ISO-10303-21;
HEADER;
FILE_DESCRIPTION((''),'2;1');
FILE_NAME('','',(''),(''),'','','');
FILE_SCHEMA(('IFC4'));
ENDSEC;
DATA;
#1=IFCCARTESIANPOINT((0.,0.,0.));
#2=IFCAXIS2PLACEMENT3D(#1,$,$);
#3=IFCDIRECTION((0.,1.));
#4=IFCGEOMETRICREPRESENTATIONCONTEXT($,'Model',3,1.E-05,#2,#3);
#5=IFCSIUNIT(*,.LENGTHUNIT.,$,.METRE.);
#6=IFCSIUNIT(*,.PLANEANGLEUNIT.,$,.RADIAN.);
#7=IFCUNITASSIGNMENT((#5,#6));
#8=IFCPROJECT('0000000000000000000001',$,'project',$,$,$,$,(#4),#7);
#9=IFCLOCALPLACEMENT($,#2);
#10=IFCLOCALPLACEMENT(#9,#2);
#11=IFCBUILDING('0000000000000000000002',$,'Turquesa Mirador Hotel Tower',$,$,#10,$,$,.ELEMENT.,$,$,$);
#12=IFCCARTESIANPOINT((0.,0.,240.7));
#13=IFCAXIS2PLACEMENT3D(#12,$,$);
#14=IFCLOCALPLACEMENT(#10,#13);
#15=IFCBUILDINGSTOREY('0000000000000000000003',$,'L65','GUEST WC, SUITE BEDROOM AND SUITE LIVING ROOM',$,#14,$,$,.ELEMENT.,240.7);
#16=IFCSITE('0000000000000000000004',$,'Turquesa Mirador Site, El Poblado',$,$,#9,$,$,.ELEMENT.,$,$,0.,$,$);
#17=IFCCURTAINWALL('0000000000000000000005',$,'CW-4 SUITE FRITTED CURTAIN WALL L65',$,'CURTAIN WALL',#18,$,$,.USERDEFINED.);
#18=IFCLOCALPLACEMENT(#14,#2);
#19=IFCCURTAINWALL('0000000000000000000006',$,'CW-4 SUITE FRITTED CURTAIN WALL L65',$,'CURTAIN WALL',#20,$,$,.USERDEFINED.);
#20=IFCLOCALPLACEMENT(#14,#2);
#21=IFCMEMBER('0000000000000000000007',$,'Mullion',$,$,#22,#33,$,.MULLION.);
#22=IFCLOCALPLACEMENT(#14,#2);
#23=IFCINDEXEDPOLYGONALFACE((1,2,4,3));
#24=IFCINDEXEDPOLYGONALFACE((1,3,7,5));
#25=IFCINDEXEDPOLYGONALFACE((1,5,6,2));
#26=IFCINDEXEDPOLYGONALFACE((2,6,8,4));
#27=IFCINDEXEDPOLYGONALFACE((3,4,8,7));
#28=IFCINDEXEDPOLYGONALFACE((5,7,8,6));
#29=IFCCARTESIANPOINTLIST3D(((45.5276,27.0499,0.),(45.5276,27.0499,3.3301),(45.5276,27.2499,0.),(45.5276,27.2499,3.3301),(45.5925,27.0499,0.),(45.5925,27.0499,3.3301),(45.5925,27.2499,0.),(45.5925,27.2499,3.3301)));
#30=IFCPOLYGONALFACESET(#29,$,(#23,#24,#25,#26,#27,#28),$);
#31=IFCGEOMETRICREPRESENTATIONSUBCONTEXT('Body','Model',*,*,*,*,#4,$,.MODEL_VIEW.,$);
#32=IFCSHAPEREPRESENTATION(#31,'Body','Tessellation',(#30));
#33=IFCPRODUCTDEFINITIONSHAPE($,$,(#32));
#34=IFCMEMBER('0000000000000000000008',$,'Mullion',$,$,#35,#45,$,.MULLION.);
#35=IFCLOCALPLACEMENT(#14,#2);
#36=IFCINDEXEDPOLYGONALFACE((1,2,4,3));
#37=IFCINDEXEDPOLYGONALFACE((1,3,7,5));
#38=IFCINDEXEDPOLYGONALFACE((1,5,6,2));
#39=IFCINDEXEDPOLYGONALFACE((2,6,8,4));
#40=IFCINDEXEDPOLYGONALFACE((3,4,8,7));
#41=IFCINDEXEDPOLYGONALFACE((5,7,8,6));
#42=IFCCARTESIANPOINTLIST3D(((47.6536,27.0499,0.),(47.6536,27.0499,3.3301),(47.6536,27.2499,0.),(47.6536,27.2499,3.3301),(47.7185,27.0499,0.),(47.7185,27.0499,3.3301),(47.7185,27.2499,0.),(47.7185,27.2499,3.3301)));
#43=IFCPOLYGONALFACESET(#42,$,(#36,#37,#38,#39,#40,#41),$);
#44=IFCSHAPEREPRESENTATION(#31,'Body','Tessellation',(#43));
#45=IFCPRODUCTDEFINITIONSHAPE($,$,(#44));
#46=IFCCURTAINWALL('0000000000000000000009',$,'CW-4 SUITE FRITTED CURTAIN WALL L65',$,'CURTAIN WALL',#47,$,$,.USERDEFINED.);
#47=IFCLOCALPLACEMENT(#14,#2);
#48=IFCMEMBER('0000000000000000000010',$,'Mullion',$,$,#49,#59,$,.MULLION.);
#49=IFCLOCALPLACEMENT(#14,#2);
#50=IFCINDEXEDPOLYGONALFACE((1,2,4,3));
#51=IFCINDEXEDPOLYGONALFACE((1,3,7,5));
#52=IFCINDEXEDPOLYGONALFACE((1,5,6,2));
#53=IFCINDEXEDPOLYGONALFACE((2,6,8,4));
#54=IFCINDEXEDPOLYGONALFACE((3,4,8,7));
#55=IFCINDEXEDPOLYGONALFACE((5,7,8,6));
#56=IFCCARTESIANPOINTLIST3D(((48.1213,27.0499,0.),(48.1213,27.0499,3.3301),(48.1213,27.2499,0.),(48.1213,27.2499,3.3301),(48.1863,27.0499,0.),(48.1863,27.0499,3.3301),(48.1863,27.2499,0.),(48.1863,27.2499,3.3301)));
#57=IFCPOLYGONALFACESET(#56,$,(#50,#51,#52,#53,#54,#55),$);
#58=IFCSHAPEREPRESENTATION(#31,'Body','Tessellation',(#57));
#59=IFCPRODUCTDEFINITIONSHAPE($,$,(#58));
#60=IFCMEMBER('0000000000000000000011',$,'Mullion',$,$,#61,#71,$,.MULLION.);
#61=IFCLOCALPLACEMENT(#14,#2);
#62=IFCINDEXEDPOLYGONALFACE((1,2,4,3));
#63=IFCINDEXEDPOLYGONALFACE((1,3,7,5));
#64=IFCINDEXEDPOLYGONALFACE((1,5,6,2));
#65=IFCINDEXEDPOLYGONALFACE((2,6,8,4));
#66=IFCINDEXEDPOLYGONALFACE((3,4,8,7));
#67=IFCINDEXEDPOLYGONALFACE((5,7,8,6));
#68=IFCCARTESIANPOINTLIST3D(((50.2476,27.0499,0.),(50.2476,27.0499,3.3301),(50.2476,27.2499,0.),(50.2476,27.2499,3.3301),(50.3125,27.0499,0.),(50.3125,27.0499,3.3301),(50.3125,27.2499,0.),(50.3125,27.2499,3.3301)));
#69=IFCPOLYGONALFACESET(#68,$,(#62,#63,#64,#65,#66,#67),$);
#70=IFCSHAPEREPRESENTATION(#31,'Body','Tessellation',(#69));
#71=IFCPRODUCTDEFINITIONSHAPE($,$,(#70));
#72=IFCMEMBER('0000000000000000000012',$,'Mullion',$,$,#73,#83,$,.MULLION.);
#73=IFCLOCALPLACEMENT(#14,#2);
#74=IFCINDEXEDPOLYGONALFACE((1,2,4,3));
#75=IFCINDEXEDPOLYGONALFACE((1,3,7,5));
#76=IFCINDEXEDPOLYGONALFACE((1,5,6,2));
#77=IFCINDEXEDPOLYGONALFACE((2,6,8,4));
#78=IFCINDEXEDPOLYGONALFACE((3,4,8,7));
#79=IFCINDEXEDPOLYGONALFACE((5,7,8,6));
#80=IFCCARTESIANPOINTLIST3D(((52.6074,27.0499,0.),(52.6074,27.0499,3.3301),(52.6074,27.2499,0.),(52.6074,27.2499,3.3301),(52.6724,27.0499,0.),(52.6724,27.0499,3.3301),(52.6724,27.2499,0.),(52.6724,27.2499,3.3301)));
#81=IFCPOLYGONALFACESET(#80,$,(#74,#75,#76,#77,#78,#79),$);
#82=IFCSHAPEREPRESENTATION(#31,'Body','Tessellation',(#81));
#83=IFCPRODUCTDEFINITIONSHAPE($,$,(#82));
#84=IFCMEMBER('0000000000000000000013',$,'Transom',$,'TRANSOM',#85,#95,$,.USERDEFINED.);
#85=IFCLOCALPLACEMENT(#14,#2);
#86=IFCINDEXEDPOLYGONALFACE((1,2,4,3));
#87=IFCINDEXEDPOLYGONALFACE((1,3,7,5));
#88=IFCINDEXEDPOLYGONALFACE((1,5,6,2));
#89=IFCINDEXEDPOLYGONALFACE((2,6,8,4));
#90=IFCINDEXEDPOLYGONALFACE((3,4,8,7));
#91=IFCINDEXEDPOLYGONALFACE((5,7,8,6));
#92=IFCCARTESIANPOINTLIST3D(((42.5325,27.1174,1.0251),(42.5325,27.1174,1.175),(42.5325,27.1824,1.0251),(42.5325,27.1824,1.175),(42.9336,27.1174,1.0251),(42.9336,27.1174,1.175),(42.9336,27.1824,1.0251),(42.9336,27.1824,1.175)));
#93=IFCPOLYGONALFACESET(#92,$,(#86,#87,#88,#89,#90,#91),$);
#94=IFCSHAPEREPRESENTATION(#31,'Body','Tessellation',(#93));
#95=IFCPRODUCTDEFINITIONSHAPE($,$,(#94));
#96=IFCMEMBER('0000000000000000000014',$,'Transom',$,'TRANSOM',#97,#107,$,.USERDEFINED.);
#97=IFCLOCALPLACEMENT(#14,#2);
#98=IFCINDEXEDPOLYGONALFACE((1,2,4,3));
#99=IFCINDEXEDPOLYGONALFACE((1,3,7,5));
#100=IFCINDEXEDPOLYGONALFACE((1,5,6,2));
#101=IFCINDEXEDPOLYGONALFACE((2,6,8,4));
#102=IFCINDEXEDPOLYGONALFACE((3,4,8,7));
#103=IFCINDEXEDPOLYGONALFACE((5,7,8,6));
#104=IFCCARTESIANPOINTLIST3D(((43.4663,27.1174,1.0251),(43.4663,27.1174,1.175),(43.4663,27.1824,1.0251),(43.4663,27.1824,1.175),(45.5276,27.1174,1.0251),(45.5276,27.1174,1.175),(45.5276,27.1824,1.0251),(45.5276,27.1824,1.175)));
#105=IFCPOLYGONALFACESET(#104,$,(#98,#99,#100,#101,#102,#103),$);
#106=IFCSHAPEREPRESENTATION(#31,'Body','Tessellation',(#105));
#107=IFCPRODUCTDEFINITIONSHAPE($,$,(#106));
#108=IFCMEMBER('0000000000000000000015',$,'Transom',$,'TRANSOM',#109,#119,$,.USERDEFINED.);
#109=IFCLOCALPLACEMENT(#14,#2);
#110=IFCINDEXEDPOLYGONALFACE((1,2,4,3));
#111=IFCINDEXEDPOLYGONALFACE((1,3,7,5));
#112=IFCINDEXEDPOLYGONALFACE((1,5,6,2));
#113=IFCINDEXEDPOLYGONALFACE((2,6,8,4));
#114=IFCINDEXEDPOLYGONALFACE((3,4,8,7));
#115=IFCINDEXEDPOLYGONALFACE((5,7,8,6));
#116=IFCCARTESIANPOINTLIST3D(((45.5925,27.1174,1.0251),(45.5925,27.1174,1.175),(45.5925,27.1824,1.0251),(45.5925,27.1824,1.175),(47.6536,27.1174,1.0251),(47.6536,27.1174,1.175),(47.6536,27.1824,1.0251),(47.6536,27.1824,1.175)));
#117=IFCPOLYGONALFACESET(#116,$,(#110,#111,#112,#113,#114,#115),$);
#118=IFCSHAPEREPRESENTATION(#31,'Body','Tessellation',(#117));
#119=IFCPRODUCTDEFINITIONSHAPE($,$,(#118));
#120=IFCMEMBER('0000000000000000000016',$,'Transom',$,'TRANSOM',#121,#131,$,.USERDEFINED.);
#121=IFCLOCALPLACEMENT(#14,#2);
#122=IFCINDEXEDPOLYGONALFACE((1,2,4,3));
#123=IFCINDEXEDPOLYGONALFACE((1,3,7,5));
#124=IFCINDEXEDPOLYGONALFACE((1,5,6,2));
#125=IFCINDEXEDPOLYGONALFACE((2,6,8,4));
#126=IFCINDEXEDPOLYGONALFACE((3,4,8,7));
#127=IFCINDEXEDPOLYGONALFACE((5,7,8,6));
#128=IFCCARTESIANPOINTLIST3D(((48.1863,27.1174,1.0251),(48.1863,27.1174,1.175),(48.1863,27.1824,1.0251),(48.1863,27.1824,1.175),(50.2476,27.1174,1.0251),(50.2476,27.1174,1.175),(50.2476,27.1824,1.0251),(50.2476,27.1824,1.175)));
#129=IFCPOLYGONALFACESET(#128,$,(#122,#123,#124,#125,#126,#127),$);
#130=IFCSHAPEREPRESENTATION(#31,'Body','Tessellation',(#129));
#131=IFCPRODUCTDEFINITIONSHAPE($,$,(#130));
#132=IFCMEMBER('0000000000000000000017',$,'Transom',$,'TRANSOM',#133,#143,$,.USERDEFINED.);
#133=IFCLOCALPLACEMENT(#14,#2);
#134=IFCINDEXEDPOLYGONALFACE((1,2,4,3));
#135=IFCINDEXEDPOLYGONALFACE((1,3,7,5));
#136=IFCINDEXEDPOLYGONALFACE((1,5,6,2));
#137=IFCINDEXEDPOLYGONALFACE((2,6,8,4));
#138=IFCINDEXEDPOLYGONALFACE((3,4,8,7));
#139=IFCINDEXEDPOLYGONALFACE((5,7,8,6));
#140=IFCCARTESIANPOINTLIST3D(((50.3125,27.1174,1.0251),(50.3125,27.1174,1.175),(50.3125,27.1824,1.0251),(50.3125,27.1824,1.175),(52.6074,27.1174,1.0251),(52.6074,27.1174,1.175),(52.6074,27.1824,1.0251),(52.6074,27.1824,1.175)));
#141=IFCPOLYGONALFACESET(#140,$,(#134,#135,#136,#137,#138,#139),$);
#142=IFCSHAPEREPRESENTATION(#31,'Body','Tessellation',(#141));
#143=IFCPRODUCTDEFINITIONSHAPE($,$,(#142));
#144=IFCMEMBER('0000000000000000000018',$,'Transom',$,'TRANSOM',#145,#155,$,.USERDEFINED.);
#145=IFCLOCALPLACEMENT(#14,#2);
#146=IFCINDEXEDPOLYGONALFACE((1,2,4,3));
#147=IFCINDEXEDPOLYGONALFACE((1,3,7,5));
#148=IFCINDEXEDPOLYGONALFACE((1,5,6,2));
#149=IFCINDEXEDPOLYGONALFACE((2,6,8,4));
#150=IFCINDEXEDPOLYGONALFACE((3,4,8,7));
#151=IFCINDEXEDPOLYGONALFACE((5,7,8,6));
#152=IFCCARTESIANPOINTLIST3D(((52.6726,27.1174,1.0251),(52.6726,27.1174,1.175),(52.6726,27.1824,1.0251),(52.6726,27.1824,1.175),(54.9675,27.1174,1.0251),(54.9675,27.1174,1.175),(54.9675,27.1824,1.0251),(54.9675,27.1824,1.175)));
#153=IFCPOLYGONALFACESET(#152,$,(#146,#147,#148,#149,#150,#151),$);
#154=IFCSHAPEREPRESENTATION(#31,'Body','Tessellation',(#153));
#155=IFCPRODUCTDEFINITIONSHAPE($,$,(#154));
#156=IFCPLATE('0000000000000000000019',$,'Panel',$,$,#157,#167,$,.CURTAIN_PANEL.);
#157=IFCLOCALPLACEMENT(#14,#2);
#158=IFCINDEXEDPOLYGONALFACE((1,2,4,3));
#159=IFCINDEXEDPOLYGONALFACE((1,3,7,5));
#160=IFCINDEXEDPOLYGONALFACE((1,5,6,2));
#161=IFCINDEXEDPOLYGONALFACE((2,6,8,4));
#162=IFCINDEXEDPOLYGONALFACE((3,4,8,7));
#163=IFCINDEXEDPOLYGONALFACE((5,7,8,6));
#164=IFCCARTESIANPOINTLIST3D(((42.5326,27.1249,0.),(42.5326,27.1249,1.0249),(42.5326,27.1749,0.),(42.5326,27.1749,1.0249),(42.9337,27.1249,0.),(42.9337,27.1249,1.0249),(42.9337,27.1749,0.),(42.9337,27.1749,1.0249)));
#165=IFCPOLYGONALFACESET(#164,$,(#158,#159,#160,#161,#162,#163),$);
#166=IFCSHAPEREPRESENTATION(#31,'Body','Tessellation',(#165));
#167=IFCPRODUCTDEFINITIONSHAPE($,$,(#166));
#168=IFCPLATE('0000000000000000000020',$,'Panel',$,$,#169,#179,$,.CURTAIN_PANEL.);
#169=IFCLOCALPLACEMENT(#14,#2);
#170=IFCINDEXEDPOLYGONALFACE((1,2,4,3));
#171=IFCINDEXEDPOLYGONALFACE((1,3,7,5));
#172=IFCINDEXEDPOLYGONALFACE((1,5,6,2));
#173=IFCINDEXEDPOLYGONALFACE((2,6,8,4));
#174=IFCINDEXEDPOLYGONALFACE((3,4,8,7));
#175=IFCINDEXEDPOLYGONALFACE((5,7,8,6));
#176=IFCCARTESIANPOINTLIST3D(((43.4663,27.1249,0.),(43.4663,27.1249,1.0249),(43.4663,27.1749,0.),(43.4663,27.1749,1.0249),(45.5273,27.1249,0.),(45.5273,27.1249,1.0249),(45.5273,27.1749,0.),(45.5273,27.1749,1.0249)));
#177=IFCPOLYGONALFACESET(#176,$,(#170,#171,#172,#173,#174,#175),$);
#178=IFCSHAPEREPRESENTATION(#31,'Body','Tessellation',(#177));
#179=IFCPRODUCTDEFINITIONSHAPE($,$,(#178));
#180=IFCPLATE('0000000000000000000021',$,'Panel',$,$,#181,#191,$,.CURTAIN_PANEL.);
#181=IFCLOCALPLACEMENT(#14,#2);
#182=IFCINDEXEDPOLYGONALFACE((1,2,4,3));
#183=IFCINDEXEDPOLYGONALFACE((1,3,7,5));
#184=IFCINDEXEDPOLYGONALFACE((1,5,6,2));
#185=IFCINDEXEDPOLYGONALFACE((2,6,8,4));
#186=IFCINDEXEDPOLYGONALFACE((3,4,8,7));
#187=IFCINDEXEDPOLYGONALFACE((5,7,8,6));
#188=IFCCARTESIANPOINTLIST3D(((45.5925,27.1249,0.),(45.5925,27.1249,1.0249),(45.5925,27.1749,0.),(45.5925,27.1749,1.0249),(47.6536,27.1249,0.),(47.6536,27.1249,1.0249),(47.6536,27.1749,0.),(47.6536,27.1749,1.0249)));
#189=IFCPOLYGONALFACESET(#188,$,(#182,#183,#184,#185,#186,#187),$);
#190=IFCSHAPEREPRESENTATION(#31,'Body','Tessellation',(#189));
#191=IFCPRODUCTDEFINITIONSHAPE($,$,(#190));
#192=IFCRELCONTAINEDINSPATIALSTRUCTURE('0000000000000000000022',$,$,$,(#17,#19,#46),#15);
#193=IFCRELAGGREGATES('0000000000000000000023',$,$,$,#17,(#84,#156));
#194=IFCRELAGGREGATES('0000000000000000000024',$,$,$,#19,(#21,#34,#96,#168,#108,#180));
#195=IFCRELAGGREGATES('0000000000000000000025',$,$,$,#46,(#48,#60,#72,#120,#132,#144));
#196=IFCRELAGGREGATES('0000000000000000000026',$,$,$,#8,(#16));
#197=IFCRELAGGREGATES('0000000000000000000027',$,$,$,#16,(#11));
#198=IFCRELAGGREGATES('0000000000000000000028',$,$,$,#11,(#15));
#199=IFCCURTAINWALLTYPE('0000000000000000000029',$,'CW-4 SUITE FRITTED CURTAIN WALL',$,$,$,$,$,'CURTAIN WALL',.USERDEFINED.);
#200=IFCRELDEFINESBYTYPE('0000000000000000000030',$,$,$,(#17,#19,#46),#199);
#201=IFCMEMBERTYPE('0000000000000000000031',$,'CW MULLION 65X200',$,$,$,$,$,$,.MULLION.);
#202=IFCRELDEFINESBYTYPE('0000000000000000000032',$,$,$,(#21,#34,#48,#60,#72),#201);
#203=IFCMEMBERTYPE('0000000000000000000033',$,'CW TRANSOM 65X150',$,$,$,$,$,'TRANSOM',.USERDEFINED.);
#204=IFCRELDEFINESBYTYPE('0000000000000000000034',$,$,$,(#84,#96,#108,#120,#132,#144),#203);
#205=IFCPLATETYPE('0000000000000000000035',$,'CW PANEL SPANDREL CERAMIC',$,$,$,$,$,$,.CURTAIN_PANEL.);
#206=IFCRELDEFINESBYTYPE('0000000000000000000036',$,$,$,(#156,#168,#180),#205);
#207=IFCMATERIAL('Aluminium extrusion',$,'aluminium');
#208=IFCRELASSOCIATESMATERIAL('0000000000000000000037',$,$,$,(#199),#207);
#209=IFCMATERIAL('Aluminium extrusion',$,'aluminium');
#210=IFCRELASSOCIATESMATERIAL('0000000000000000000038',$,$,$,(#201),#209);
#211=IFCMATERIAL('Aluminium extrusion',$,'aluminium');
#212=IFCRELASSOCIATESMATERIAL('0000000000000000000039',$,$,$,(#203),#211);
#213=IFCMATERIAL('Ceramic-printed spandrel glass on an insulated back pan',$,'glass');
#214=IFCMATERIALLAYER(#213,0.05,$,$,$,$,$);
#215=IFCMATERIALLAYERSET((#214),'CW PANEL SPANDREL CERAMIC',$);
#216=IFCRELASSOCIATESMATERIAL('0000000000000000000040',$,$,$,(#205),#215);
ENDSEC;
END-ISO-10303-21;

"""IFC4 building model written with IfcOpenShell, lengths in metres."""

from ifc_helpers import new_model, si_unit, direction, frame, origin, origin_2d, place, context, subcontext, project, spatial, rectangle, extrude, material, layer, layer_set, material_profile, profile_set, type_object, element, aggregate, save


model = new_model("IFC4")

# Units and contexts
model_context = context("Model", 3, precision=1e-05, world=origin(), true_north=direction((0.0, 1.0)))
body_context = subcontext(model_context, "Body", "Model", "MODEL_VIEW")
ifc_project = project(units=[si_unit("LENGTHUNIT", "METRE"), si_unit("PLANEANGLEUNIT", "RADIAN")], contexts=[model_context])

# Site, building, storey
site_placement = place(None, origin())
site = spatial("IfcSite", under=ifc_project, at=site_placement, Name="Turquesa Mirador Site, El Poblado", CompositionType="ELEMENT", RefElevation=0.0)
building_placement = place(site_placement, origin())
building = spatial("IfcBuilding", under=site, at=building_placement, Name="Turquesa Mirador Hotel Tower", CompositionType="ELEMENT")
storey_placement = place(building_placement, frame((0.0, 0.0, 240.7)))
storey = spatial("IfcBuildingStorey", under=building, at=storey_placement, Name="L65", Description="GUEST WC, SUITE BEDROOM AND SUITE LIVING ROOM", CompositionType="ELEMENT", Elevation=240.7)

# Curtain walls, members
ifc_material_1 = material(Name="Aluminium extrusion", Category="aluminium")
curtain_wall_type = type_object("IfcCurtainWallType", Name="CW-4 SUITE FRITTED CURTAIN WALL", ElementType="CURTAIN WALL", PredefinedType="USERDEFINED", material=ifc_material_1)
curtain_wall_1_placement = place(storey_placement, origin())
curtain_wall_1 = element("IfcCurtainWall", 1, at=curtain_wall_1_placement, inside=storey, type_object=curtain_wall_type, Name="CW-4 SUITE FRITTED CURTAIN WALL L65", ObjectType="CURTAIN WALL", PredefinedType="USERDEFINED")
ifc_material_2 = material(Name="Aluminium extrusion", Category="aluminium")
ifc_material_profile_1 = material_profile(ifc_material_2, rectangle(XDim=0.0649, YDim=0.2, at=origin_2d()), Name="MULLION 65X200")
ifc_profile_set_1 = profile_set([ifc_material_profile_1], Name="Aluminium extrusion")
member_type_1 = type_object("IfcMemberType", Name="CW MULLION 65X200", PredefinedType="MULLION", material=ifc_profile_set_1)
curtain_wall_2_placement = place(storey_placement, origin())
curtain_wall_2 = element("IfcCurtainWall", 2, at=curtain_wall_2_placement, inside=storey, type_object=curtain_wall_type, Name="CW-4 SUITE FRITTED CURTAIN WALL L65", ObjectType="CURTAIN WALL", PredefinedType="USERDEFINED")
member_1_placement = place(storey_placement, frame((45.5601, 27.1499, 0.0), z_axis=(0.0, 0.0, 1.0), x_axis=(1.0, 0.0, 0.0)))
member_1 = element("IfcMember", 3, at=member_1_placement, type_object=member_type_1, Name="Mullion", PredefinedType="MULLION", context=body_context, shape_type="SweptSolid", body=[
    extrude(rectangle(XDim=0.0649, YDim=0.2, at=origin_2d()), origin(), (0.0, 0.0, 1.0), 3.3301),
])
member_2_placement = place(storey_placement, frame((47.686, 27.1499, 0.0), z_axis=(0.0, 0.0, 1.0), x_axis=(1.0, 0.0, 0.0)))
member_2 = element("IfcMember", 4, at=member_2_placement, type_object=member_type_1, Name="Mullion", PredefinedType="MULLION", context=body_context, shape_type="SweptSolid", body=[
    extrude(rectangle(XDim=0.0649, YDim=0.2, at=origin_2d()), origin(), (0.0, 0.0, 1.0), 3.3301),
])
curtain_wall_3_placement = place(storey_placement, origin())
curtain_wall_3 = element("IfcCurtainWall", 5, at=curtain_wall_3_placement, inside=storey, type_object=curtain_wall_type, Name="CW-4 SUITE FRITTED CURTAIN WALL L65", ObjectType="CURTAIN WALL", PredefinedType="USERDEFINED")
member_3_placement = place(storey_placement, frame((48.1538, 27.1499, 0.0), z_axis=(0.0, 0.0, 1.0), x_axis=(1.0, 0.0, 0.0)))
member_3 = element("IfcMember", 6, at=member_3_placement, type_object=member_type_1, Name="Mullion", PredefinedType="MULLION", context=body_context, shape_type="SweptSolid", body=[
    extrude(rectangle(XDim=0.0649, YDim=0.2, at=origin_2d()), origin(), (0.0, 0.0, 1.0), 3.3301),
])
member_4_placement = place(storey_placement, frame((50.28, 27.1499, 0.0), z_axis=(0.0, 0.0, 1.0), x_axis=(1.0, 0.0, 0.0)))
member_4 = element("IfcMember", 7, at=member_4_placement, type_object=member_type_1, Name="Mullion", PredefinedType="MULLION", context=body_context, shape_type="SweptSolid", body=[
    extrude(rectangle(XDim=0.0649, YDim=0.2, at=origin_2d()), origin(), (0.0, 0.0, 1.0), 3.3301),
])
member_5_placement = place(storey_placement, frame((52.6399, 27.1499, 0.0), z_axis=(0.0, 0.0, 1.0), x_axis=(1.0, 0.0, 0.0)))
member_5 = element("IfcMember", 8, at=member_5_placement, type_object=member_type_1, Name="Mullion", PredefinedType="MULLION", context=body_context, shape_type="SweptSolid", body=[
    extrude(rectangle(XDim=0.0649, YDim=0.2, at=origin_2d()), origin(), (0.0, 0.0, 1.0), 3.3301),
])

# Members
ifc_material_3 = material(Name="Aluminium extrusion", Category="aluminium")
ifc_material_profile_2 = material_profile(ifc_material_3, rectangle(XDim=0.0649, YDim=0.1499, at=origin_2d()), Name="TRANSOM 65X150")
ifc_profile_set_2 = profile_set([ifc_material_profile_2], Name="Aluminium extrusion")
member_type_2 = type_object("IfcMemberType", Name="CW TRANSOM 65X150", ElementType="TRANSOM", PredefinedType="USERDEFINED", material=ifc_profile_set_2)
member_6_placement = place(storey_placement, frame((42.5325, 27.1499, 1.1001), z_axis=(1.0, 0.0, 0.0), x_axis=(0.0, 1.0, 0.0)))
member_6 = element("IfcMember", 9, at=member_6_placement, type_object=member_type_2, Name="Transom", ObjectType="TRANSOM", PredefinedType="USERDEFINED", context=body_context, shape_type="SweptSolid", body=[
    extrude(rectangle(XDim=0.0649, YDim=0.1499, at=origin_2d()), origin(), (0.0, 0.0, 1.0), 0.4011),
])
member_7_placement = place(storey_placement, frame((43.4663, 27.1499, 1.1001), z_axis=(1.0, 0.0, 0.0), x_axis=(0.0, 1.0, 0.0)))
member_7 = element("IfcMember", 10, at=member_7_placement, type_object=member_type_2, Name="Transom", ObjectType="TRANSOM", PredefinedType="USERDEFINED", context=body_context, shape_type="SweptSolid", body=[
    extrude(rectangle(XDim=0.0649, YDim=0.1499, at=origin_2d()), origin(), (0.0, 0.0, 1.0), 2.0613),
])
member_8_placement = place(storey_placement, frame((45.5925, 27.1499, 1.1001), z_axis=(1.0, 0.0, 0.0), x_axis=(0.0, 1.0, 0.0)))
member_8 = element("IfcMember", 11, at=member_8_placement, type_object=member_type_2, Name="Transom", ObjectType="TRANSOM", PredefinedType="USERDEFINED", context=body_context, shape_type="SweptSolid", body=[
    extrude(rectangle(XDim=0.0649, YDim=0.1499, at=origin_2d()), origin(), (0.0, 0.0, 1.0), 2.061),
])
member_9_placement = place(storey_placement, frame((48.1863, 27.1499, 1.1001), z_axis=(1.0, 0.0, 0.0), x_axis=(0.0, 1.0, 0.0)))
member_9 = element("IfcMember", 12, at=member_9_placement, type_object=member_type_2, Name="Transom", ObjectType="TRANSOM", PredefinedType="USERDEFINED", context=body_context, shape_type="SweptSolid", body=[
    extrude(rectangle(XDim=0.0649, YDim=0.1499, at=origin_2d()), origin(), (0.0, 0.0, 1.0), 2.0613),
])
member_10_placement = place(storey_placement, frame((50.3125, 27.1499, 1.1001), z_axis=(1.0, 0.0, 0.0), x_axis=(0.0, 1.0, 0.0)))
member_10 = element("IfcMember", 13, at=member_10_placement, type_object=member_type_2, Name="Transom", ObjectType="TRANSOM", PredefinedType="USERDEFINED", context=body_context, shape_type="SweptSolid", body=[
    extrude(rectangle(XDim=0.0649, YDim=0.1499, at=origin_2d()), origin(), (0.0, 0.0, 1.0), 2.2949),
])
member_11_placement = place(storey_placement, frame((52.6726, 27.1499, 1.1001), z_axis=(1.0, 0.0, 0.0), x_axis=(0.0, 1.0, 0.0)))
member_11 = element("IfcMember", 14, at=member_11_placement, type_object=member_type_2, Name="Transom", ObjectType="TRANSOM", PredefinedType="USERDEFINED", context=body_context, shape_type="SweptSolid", body=[
    extrude(rectangle(XDim=0.0649, YDim=0.1499, at=origin_2d()), origin(), (0.0, 0.0, 1.0), 2.2949),
])

# Plates
ifc_material_4 = material(Name="Ceramic-printed spandrel glass on an insulated back pan", Category="glass")
ifc_layer_1 = layer(ifc_material_4, 0.05)
ifc_layer_set_1 = layer_set([ifc_layer_1], Name="CW PANEL SPANDREL CERAMIC")
plate_type_1 = type_object("IfcPlateType", Name="CW PANEL SPANDREL CERAMIC", PredefinedType="CURTAIN_PANEL", material=ifc_layer_set_1)
plate_1_placement = place(storey_placement, frame((42.7332, 27.1499, 0.0), z_axis=(0.0, 0.0, 1.0), x_axis=(1.0, 0.0, 0.0)))
plate_1 = element("IfcPlate", 15, at=plate_1_placement, type_object=plate_type_1, Name="Panel", PredefinedType="CURTAIN_PANEL", context=body_context, shape_type="SweptSolid", body=[
    extrude(rectangle(XDim=0.4011, YDim=0.05, at=origin_2d()), origin(), (0.0, 0.0, 1.0), 1.0249),
])
plate_2_placement = place(storey_placement, frame((44.4968, 27.1499, 0.0), z_axis=(0.0, 0.0, 1.0), x_axis=(1.0, 0.0, 0.0)))
plate_2 = element("IfcPlate", 16, at=plate_2_placement, type_object=plate_type_1, Name="Panel", PredefinedType="CURTAIN_PANEL", context=body_context, shape_type="SweptSolid", body=[
    extrude(rectangle(XDim=2.061, YDim=0.05, at=origin_2d()), origin(), (0.0, 0.0, 1.0), 1.0249),
])
plate_3_placement = place(storey_placement, frame((46.623, 27.1499, 0.0), z_axis=(0.0, 0.0, 1.0), x_axis=(1.0, 0.0, 0.0)))
plate_3 = element("IfcPlate", 17, at=plate_3_placement, type_object=plate_type_1, Name="Panel", PredefinedType="CURTAIN_PANEL", context=body_context, shape_type="SweptSolid", body=[
    extrude(rectangle(XDim=2.061, YDim=0.05, at=origin_2d()), origin(), (0.0, 0.0, 1.0), 1.0249),
])
aggregate(curtain_wall_1, [member_6, plate_1])
aggregate(curtain_wall_2, [member_1, member_2, member_7, plate_2, member_8, plate_3])
aggregate(curtain_wall_3, [member_3, member_4, member_5, member_9, member_10, member_11])

save(model, "model.ifc")
